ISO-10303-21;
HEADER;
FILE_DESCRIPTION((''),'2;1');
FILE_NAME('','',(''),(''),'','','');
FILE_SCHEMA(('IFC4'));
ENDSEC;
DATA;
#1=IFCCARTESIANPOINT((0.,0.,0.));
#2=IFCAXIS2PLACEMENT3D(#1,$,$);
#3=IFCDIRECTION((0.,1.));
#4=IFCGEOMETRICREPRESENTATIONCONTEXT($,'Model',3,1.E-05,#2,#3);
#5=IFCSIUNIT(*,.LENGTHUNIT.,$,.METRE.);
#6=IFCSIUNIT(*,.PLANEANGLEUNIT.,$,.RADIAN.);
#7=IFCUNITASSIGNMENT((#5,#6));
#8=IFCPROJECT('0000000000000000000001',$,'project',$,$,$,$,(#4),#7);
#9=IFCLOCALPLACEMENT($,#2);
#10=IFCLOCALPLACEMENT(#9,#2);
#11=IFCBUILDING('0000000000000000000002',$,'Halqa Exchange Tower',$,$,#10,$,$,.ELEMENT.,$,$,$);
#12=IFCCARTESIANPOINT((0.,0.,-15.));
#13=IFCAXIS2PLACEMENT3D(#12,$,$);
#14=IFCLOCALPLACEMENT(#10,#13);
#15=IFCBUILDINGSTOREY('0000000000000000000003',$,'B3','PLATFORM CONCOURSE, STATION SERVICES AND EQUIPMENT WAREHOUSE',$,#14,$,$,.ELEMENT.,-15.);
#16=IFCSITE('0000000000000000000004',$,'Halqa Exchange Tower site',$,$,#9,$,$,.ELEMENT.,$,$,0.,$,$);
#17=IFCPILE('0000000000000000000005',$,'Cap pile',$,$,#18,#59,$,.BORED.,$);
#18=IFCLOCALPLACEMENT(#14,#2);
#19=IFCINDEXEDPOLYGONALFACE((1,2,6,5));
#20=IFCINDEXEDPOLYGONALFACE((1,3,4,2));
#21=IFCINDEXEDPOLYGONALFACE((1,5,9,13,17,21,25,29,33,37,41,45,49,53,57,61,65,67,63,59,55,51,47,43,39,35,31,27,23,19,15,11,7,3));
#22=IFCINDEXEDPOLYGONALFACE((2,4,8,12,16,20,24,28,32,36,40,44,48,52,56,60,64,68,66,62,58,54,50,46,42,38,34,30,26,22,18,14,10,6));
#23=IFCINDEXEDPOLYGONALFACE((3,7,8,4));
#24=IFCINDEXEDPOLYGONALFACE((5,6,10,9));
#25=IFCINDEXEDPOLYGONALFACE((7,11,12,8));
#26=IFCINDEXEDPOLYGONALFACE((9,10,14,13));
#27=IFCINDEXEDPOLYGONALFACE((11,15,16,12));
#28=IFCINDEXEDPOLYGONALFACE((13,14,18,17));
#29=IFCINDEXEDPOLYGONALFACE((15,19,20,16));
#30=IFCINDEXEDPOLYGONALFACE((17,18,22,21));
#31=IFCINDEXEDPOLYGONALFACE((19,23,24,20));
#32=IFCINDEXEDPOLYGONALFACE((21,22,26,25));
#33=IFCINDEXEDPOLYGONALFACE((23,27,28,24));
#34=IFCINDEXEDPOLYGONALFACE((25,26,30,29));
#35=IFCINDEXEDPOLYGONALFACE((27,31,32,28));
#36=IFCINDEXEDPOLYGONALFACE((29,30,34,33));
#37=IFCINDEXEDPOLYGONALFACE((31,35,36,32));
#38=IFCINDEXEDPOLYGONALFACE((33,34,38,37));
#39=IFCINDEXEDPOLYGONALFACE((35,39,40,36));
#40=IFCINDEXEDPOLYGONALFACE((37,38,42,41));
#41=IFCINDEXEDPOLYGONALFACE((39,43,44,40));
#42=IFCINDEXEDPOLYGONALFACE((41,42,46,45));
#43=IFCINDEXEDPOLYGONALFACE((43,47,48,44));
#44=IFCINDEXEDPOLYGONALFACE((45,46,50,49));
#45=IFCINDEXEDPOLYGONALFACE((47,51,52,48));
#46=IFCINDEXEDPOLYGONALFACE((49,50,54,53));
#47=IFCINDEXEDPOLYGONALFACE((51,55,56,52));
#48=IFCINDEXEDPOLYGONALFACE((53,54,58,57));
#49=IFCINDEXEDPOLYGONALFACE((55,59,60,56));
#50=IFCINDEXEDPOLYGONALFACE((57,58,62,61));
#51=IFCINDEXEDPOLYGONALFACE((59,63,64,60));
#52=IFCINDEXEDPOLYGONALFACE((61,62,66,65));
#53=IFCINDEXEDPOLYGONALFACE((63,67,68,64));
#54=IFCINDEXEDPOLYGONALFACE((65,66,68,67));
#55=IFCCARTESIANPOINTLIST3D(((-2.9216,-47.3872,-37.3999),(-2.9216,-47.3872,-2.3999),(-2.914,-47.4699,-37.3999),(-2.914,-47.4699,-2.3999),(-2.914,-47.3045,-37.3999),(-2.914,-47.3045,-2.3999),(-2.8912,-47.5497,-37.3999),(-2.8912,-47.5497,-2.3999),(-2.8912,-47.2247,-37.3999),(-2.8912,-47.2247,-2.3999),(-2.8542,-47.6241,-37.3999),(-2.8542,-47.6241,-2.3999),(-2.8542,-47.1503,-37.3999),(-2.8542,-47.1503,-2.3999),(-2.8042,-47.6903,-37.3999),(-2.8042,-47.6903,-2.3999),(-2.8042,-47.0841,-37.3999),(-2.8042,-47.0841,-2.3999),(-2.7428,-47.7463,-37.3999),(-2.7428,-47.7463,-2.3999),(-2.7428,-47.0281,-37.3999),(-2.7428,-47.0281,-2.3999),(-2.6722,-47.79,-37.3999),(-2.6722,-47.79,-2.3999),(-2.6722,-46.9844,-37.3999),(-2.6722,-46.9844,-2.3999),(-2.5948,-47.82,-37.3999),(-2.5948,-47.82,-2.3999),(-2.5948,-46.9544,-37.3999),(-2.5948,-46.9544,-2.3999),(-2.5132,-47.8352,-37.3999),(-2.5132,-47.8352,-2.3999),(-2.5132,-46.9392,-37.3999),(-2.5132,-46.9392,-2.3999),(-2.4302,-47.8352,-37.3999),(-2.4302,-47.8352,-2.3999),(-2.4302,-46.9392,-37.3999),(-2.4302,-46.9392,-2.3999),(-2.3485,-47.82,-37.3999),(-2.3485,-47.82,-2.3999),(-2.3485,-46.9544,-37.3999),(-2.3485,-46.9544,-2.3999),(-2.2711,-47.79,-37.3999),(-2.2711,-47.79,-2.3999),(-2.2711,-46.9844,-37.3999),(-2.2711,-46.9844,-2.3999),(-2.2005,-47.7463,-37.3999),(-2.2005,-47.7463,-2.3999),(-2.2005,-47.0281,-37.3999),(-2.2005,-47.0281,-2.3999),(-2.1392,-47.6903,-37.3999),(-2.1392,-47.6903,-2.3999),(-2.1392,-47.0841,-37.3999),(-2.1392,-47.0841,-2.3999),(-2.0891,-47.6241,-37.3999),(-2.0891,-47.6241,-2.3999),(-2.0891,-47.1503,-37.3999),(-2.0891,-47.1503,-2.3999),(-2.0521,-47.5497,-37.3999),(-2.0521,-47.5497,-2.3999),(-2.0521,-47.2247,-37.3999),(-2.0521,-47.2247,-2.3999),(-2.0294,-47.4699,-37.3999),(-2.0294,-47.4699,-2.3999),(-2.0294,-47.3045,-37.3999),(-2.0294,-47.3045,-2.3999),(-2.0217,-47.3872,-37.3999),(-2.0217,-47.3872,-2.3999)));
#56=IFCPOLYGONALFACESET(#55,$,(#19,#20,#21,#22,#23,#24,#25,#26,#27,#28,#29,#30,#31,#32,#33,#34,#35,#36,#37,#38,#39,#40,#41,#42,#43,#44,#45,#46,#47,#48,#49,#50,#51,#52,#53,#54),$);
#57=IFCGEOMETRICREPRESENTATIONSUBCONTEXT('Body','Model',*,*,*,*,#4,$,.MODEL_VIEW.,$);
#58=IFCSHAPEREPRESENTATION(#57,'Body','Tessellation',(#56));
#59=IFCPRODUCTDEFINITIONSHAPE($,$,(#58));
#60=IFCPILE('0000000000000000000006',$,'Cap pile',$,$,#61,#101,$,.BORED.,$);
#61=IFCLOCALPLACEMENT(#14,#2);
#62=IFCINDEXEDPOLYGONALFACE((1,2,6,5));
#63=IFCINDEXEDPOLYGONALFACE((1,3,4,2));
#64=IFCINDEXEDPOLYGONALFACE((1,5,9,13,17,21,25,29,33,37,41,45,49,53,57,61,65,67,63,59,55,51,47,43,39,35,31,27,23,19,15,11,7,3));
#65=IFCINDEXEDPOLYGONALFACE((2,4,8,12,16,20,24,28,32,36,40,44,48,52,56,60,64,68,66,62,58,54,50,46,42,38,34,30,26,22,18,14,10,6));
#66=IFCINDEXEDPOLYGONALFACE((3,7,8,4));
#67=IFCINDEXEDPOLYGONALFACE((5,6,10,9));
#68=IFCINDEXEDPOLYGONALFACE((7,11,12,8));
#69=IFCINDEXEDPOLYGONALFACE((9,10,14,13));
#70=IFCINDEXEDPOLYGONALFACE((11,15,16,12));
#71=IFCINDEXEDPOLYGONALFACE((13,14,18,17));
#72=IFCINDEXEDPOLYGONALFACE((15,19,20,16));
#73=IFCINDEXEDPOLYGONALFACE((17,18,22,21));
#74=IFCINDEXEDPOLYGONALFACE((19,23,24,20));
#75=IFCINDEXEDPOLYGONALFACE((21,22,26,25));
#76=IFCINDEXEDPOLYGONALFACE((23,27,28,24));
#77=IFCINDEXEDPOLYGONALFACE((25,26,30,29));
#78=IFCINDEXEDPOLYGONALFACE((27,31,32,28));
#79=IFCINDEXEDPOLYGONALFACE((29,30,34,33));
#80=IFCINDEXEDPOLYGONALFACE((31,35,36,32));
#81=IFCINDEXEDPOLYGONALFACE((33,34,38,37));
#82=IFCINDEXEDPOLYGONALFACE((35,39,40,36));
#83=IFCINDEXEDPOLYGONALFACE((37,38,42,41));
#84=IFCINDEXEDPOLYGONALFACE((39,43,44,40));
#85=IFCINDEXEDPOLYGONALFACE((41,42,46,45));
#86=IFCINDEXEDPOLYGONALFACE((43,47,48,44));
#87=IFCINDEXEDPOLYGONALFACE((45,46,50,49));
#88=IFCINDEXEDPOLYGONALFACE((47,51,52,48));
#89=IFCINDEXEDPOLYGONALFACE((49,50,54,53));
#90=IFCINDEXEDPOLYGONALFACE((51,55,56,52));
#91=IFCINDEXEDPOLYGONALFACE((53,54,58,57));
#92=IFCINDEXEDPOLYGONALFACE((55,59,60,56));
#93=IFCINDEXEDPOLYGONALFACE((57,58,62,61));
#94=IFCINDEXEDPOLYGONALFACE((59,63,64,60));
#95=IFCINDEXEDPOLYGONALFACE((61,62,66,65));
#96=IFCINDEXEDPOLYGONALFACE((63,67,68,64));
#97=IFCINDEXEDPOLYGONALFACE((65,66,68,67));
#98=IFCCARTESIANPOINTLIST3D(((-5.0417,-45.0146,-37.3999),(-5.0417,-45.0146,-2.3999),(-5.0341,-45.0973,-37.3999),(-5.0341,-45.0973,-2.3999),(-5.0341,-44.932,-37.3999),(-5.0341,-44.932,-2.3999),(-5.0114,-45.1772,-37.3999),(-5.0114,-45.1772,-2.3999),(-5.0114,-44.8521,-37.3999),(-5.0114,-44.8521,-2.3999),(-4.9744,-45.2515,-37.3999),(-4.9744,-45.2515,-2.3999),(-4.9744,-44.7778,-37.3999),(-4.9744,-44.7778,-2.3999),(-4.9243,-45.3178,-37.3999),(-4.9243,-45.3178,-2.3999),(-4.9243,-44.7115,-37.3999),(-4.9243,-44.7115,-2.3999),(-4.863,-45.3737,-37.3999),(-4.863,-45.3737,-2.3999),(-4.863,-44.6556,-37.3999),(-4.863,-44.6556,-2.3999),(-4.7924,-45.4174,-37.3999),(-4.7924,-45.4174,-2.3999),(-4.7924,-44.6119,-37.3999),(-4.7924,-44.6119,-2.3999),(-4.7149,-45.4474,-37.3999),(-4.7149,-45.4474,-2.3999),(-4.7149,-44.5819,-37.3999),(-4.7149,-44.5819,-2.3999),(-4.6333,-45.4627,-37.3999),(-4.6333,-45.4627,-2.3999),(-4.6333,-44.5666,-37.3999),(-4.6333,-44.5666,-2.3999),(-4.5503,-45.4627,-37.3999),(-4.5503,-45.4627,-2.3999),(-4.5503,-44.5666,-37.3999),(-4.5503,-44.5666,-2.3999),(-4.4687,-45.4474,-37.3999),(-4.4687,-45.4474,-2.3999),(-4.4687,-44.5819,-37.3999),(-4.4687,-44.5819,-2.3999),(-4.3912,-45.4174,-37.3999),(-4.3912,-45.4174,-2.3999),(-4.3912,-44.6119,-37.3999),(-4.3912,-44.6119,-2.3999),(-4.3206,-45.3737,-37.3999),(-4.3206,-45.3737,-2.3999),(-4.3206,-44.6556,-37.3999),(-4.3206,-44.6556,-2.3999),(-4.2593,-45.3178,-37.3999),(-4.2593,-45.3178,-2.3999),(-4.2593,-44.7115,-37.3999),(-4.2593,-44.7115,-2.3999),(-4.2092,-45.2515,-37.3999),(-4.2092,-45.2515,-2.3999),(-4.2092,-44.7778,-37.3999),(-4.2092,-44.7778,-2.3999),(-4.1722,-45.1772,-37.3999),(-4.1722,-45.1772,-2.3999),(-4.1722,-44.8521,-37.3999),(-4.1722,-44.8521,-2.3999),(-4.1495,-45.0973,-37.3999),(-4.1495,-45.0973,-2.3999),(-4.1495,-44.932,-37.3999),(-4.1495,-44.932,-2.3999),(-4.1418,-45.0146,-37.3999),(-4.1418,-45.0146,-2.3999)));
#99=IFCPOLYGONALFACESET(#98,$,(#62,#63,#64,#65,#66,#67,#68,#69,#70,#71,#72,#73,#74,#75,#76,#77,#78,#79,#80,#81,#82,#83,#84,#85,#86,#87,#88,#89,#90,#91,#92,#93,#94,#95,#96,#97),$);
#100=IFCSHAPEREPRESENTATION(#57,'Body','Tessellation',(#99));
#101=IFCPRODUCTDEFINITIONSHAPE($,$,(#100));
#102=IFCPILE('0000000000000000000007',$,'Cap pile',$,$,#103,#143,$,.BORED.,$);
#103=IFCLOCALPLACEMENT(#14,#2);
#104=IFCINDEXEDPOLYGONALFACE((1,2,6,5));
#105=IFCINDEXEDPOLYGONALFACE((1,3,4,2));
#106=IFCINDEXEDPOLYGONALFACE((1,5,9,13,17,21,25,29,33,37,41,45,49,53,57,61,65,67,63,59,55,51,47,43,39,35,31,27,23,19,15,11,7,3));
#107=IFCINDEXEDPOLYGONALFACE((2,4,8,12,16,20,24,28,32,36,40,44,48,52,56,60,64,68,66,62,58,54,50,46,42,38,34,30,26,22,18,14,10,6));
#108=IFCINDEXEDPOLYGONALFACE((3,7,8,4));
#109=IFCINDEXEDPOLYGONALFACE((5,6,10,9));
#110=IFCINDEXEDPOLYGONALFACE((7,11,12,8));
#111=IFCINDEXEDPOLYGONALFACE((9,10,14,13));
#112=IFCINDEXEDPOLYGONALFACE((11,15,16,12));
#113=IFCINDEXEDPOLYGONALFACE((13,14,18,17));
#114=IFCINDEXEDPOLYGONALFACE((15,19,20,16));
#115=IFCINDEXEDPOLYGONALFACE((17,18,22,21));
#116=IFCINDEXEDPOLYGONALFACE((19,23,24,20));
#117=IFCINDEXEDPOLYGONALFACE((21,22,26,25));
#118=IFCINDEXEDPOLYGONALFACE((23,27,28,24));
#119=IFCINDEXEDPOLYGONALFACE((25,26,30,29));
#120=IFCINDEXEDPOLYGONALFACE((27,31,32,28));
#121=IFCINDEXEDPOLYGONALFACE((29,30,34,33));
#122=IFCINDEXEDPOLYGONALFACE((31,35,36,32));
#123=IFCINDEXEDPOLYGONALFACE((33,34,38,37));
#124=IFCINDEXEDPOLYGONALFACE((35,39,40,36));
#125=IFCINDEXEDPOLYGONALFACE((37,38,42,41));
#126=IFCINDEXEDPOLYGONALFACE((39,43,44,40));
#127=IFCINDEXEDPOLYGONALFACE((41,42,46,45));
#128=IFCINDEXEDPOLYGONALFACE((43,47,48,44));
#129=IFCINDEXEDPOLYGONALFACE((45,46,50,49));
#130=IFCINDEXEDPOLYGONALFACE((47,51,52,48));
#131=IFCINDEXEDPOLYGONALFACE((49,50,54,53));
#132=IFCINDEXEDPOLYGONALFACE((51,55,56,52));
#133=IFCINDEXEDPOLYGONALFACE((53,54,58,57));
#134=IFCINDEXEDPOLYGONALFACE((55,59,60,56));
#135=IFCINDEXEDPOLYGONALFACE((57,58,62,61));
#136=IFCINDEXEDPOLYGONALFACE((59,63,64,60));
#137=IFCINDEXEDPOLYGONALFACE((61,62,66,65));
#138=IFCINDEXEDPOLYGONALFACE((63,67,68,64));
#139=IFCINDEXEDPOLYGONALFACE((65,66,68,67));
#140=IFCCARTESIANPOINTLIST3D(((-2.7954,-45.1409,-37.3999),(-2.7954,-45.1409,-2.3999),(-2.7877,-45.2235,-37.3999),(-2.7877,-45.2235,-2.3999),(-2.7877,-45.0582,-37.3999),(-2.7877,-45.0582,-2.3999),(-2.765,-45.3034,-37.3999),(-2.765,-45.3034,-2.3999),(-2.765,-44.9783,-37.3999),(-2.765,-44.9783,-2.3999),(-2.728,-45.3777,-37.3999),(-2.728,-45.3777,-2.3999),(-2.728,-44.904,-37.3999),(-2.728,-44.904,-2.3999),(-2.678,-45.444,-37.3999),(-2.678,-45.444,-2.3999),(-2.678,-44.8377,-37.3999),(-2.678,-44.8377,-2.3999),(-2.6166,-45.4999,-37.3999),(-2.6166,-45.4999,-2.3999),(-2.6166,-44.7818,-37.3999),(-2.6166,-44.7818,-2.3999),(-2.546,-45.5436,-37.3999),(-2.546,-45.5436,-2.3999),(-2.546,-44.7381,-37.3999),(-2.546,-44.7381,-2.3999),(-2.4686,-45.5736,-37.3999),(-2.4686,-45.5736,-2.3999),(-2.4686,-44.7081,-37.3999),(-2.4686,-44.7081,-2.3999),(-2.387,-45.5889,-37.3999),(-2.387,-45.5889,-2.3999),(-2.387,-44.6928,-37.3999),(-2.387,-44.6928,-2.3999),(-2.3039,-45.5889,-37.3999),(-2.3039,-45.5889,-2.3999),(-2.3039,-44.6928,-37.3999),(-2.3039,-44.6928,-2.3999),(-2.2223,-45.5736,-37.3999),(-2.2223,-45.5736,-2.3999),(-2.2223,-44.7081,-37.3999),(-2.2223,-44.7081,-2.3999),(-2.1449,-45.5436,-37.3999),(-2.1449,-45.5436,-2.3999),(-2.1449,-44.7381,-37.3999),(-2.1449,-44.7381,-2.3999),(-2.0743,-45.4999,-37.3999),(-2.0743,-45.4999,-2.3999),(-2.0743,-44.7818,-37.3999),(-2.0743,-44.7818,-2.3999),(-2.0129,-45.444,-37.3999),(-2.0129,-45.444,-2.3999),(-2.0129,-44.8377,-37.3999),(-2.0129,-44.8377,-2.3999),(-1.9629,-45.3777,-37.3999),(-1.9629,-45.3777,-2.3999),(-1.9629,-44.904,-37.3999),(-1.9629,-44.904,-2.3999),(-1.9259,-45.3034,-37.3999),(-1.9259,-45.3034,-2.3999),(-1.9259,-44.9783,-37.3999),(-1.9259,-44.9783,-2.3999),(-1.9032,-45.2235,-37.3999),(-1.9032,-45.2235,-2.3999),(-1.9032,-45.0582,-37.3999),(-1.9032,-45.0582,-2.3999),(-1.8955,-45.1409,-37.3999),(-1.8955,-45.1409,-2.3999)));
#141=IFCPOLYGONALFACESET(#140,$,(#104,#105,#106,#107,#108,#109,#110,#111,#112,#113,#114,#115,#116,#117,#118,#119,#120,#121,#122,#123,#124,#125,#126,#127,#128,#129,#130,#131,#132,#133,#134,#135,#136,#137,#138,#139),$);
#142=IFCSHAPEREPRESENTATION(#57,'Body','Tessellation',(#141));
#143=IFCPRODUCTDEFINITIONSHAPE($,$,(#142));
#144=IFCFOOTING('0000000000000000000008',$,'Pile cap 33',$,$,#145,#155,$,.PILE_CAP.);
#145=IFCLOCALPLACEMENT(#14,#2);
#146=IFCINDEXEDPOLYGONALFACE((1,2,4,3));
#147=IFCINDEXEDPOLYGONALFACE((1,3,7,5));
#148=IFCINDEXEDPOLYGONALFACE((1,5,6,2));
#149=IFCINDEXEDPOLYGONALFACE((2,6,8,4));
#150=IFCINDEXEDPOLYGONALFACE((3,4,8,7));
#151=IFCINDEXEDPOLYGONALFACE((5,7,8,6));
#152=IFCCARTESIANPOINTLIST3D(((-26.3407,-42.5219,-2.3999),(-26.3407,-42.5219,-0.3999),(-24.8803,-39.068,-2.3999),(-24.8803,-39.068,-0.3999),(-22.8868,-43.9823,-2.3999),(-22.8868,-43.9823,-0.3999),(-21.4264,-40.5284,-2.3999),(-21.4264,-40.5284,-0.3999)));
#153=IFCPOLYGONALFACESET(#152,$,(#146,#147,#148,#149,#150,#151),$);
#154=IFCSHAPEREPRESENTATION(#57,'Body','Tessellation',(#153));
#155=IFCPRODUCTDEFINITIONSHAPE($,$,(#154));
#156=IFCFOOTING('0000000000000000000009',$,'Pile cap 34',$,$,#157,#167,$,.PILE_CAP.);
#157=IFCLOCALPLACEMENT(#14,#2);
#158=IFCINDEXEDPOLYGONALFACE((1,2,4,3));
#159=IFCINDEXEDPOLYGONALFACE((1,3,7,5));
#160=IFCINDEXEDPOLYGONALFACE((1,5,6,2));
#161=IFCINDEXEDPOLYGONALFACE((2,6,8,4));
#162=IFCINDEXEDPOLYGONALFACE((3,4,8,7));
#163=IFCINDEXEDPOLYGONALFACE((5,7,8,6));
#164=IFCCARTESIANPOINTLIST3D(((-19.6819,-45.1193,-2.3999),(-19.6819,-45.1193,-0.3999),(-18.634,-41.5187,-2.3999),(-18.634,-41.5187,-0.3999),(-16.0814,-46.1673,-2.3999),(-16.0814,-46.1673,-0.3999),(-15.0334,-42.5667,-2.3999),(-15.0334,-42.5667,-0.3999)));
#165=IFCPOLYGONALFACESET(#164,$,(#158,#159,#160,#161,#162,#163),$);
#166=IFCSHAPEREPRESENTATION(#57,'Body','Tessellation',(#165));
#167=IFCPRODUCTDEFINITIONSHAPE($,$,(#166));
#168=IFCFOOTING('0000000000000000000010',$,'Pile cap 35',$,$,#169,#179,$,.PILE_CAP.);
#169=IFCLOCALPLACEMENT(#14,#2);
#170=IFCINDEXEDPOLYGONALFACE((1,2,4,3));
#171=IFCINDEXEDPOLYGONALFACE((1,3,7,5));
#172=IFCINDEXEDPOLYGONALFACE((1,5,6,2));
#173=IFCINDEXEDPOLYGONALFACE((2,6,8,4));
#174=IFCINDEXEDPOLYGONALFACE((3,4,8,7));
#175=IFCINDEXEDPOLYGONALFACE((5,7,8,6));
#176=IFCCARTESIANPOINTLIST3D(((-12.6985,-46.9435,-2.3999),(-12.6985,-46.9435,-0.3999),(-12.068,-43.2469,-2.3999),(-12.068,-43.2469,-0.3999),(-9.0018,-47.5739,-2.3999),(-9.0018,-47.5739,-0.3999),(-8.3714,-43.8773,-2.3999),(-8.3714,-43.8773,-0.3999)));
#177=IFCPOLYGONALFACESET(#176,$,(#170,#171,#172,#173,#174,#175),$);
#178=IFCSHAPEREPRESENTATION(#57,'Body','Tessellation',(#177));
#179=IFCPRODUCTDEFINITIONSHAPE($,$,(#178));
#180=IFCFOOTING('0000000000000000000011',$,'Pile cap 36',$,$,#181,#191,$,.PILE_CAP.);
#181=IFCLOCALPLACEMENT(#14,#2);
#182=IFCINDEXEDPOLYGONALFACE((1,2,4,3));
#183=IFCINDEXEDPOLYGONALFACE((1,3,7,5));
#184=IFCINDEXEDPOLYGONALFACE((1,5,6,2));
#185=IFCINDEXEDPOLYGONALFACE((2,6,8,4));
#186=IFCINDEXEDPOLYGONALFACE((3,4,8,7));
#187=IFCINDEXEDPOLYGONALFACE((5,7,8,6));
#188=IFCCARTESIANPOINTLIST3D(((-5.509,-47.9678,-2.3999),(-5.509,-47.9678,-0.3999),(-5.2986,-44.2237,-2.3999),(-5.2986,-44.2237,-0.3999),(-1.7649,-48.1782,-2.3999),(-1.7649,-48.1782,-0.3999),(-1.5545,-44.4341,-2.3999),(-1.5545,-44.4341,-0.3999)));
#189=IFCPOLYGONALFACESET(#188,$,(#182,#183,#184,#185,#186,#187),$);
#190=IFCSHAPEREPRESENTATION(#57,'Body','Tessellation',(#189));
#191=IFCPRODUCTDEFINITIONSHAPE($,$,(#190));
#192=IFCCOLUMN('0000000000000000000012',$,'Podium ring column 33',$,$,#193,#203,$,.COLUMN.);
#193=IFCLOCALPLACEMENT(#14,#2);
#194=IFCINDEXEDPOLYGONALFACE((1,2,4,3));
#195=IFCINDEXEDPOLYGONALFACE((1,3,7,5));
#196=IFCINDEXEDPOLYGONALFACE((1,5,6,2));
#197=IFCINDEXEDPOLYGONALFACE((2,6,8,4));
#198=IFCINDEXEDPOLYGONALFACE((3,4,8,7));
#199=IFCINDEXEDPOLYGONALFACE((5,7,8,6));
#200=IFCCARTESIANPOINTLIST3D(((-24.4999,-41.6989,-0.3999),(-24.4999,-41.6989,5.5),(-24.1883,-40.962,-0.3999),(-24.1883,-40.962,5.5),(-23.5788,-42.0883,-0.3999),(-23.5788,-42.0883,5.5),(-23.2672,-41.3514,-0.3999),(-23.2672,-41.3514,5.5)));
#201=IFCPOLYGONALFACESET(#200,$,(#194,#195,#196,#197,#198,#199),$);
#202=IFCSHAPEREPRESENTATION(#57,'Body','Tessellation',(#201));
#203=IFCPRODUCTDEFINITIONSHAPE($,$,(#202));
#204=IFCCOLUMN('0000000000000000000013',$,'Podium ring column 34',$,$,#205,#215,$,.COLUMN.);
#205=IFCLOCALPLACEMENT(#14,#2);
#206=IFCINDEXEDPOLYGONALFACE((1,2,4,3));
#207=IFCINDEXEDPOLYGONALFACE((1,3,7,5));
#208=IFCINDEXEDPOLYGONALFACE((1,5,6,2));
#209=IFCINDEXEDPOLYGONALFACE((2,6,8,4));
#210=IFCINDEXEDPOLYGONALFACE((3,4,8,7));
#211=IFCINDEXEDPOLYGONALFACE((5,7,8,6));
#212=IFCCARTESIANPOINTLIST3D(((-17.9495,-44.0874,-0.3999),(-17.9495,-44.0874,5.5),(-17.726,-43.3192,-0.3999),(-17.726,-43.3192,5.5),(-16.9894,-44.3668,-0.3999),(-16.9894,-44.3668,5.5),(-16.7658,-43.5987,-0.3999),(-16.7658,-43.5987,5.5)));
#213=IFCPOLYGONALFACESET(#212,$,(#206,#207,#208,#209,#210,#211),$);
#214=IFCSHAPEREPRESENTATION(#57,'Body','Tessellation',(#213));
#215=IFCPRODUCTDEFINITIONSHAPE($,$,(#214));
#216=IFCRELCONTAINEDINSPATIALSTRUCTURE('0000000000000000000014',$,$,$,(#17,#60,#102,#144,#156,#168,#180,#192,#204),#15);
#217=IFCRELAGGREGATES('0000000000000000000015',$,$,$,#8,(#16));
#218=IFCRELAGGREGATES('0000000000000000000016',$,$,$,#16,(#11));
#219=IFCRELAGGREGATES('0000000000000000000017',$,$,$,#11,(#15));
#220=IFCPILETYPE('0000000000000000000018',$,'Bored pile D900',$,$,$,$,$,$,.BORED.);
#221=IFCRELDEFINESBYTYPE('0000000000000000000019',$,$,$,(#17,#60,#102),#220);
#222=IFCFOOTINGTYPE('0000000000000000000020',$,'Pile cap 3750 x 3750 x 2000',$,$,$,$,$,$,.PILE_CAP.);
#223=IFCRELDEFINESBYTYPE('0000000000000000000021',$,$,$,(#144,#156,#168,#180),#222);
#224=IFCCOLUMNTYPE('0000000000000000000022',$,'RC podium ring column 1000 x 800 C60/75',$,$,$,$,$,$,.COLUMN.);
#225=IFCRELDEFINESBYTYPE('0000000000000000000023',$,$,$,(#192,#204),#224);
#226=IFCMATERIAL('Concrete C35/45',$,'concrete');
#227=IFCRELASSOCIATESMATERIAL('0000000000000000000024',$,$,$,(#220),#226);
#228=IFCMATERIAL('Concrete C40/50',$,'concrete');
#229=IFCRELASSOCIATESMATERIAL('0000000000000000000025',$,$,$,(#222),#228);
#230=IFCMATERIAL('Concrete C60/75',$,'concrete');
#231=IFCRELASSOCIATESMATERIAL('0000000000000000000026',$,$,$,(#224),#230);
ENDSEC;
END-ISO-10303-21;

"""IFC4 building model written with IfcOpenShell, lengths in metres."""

from ifc_helpers import new_model, si_unit, direction, frame, origin, origin_2d, place, context, subcontext, project, spatial, rectangle, circle, extrude, material, material_profile, profile_set, type_object, element, save


model = new_model("IFC4")

# Units and contexts
model_context = context("Model", 3, precision=1e-05, world=origin(), true_north=direction((0.0, 1.0)))
body_context = subcontext(model_context, "Body", "Model", "MODEL_VIEW")
ifc_project = project(units=[si_unit("LENGTHUNIT", "METRE"), si_unit("PLANEANGLEUNIT", "RADIAN")], contexts=[model_context])

# Site, building, storey
site_placement = place(None, origin())
site = spatial("IfcSite", under=ifc_project, at=site_placement, Name="Halqa Exchange Tower site", CompositionType="ELEMENT", RefElevation=0.0)
building_placement = place(site_placement, origin())
building = spatial("IfcBuilding", under=site, at=building_placement, Name="Halqa Exchange Tower", CompositionType="ELEMENT")
storey_placement = place(building_placement, frame((0.0, 0.0, -15.0)))
storey = spatial("IfcBuildingStorey", under=building, at=storey_placement, Name="B3", Description="PLATFORM CONCOURSE, STATION SERVICES AND EQUIPMENT WAREHOUSE", CompositionType="ELEMENT", Elevation=-15.0)

# Piles
ifc_material_1 = material(Name="Concrete C35/45", Category="concrete")
ifc_material_profile_1 = material_profile(ifc_material_1, circle(Radius=0.45, at=origin_2d()), Name="D900")
ifc_profile_set_1 = profile_set([ifc_material_profile_1], Name="Concrete C35/45")
pile_type = type_object("IfcPileType", Name="Bored pile D900", PredefinedType="BORED", material=ifc_profile_set_1)
for number, where, z_axis, x_axis, name in (
    (1, (-2.4717, -47.3872, -2.3999), (0.0, 0.0, -1.0), (1.0, 0.0, 0.0), "Cap pile"),
    (2, (-4.5918, -45.0146, -2.3999), (0.0, 0.0, -1.0), (1.0, 0.0, 0.0), "Cap pile"),
    (3, (-2.3455, -45.1409, -2.3999), (0.0, 0.0, -1.0), (1.0, 0.0, 0.0), "Cap pile"),
):
    element("IfcPile", number, at=place(storey_placement, frame(where, z_axis=z_axis, x_axis=x_axis)), inside=storey, type_object=pile_type, Name=name, PredefinedType="BORED", context=body_context, shape_type="SweptSolid", body=[
        extrude(circle(Radius=0.45, at=origin_2d()), origin(), (0.0, 0.0, 1.0), 35.0),
    ])

# Footings
ifc_material_2 = material(Name="Concrete C40/50", Category="concrete")
footing_type = type_object("IfcFootingType", Name="Pile cap 3750 x 3750 x 2000", PredefinedType="PILE_CAP", material=ifc_material_2)
for number, where, z_axis, x_axis, name in (
    (4, (-23.8835, -41.5251, -2.3999), (0.0, 0.0, 1.0), (0.921048, -0.389449, 0.0), "Pile cap 33"),
    (5, (-17.3577, -43.843, -2.3999), (0.0, 0.0, 1.0), (0.960158, -0.279459, 0.0), "Pile cap 34"),
    (6, (-10.5349, -45.4104, -2.3999), (0.0, 0.0, 1.0), (0.985766, -0.168121, 0.0), "Pile cap 35"),
    (7, (-3.5317, -46.2009, -2.3999), (0.0, 0.0, 1.0), (0.998425, -0.056107, 0.0), "Pile cap 36"),
):
    element("IfcFooting", number, at=place(storey_placement, frame(where, z_axis=z_axis, x_axis=x_axis)), inside=storey, type_object=footing_type, Name=name, PredefinedType="PILE_CAP", context=body_context, shape_type="SweptSolid", body=[
        extrude(rectangle(XDim=3.75, YDim=3.75, at=origin_2d()), origin(), (0.0, 0.0, 1.0), 2.0),
    ])

# Columns
ifc_material_3 = material(Name="Concrete C60/75", Category="concrete")
ifc_material_profile_2 = material_profile(ifc_material_3, rectangle(XDim=1.0, YDim=0.8, at=origin_2d()), Name="1000 x 800")
ifc_profile_set_2 = profile_set([ifc_material_profile_2], Name="Concrete C60/75")
column_type = type_object("IfcColumnType", Name="RC podium ring column 1000 x 800 C60/75", PredefinedType="COLUMN", material=ifc_profile_set_2)
for number, where, z_axis, x_axis, name in (
    (8, (-23.8835, -41.5251, -0.3999), (0.0, 0.0, 1.0), (0.921048, -0.389449, 0.0), "Podium ring column 33"),
    (9, (-17.3577, -43.843, -0.3999), (0.0, 0.0, 1.0), (0.960158, -0.279459, 0.0), "Podium ring column 34"),
):
    element("IfcColumn", number, at=place(storey_placement, frame(where, z_axis=z_axis, x_axis=x_axis)), inside=storey, type_object=column_type, Name=name, PredefinedType="COLUMN", context=body_context, shape_type="SweptSolid", body=[
        extrude(rectangle(XDim=1.0, YDim=0.8, at=origin_2d()), origin(), (0.0, 0.0, 1.0), 5.8999),
    ])

save(model, "model.ifc")
